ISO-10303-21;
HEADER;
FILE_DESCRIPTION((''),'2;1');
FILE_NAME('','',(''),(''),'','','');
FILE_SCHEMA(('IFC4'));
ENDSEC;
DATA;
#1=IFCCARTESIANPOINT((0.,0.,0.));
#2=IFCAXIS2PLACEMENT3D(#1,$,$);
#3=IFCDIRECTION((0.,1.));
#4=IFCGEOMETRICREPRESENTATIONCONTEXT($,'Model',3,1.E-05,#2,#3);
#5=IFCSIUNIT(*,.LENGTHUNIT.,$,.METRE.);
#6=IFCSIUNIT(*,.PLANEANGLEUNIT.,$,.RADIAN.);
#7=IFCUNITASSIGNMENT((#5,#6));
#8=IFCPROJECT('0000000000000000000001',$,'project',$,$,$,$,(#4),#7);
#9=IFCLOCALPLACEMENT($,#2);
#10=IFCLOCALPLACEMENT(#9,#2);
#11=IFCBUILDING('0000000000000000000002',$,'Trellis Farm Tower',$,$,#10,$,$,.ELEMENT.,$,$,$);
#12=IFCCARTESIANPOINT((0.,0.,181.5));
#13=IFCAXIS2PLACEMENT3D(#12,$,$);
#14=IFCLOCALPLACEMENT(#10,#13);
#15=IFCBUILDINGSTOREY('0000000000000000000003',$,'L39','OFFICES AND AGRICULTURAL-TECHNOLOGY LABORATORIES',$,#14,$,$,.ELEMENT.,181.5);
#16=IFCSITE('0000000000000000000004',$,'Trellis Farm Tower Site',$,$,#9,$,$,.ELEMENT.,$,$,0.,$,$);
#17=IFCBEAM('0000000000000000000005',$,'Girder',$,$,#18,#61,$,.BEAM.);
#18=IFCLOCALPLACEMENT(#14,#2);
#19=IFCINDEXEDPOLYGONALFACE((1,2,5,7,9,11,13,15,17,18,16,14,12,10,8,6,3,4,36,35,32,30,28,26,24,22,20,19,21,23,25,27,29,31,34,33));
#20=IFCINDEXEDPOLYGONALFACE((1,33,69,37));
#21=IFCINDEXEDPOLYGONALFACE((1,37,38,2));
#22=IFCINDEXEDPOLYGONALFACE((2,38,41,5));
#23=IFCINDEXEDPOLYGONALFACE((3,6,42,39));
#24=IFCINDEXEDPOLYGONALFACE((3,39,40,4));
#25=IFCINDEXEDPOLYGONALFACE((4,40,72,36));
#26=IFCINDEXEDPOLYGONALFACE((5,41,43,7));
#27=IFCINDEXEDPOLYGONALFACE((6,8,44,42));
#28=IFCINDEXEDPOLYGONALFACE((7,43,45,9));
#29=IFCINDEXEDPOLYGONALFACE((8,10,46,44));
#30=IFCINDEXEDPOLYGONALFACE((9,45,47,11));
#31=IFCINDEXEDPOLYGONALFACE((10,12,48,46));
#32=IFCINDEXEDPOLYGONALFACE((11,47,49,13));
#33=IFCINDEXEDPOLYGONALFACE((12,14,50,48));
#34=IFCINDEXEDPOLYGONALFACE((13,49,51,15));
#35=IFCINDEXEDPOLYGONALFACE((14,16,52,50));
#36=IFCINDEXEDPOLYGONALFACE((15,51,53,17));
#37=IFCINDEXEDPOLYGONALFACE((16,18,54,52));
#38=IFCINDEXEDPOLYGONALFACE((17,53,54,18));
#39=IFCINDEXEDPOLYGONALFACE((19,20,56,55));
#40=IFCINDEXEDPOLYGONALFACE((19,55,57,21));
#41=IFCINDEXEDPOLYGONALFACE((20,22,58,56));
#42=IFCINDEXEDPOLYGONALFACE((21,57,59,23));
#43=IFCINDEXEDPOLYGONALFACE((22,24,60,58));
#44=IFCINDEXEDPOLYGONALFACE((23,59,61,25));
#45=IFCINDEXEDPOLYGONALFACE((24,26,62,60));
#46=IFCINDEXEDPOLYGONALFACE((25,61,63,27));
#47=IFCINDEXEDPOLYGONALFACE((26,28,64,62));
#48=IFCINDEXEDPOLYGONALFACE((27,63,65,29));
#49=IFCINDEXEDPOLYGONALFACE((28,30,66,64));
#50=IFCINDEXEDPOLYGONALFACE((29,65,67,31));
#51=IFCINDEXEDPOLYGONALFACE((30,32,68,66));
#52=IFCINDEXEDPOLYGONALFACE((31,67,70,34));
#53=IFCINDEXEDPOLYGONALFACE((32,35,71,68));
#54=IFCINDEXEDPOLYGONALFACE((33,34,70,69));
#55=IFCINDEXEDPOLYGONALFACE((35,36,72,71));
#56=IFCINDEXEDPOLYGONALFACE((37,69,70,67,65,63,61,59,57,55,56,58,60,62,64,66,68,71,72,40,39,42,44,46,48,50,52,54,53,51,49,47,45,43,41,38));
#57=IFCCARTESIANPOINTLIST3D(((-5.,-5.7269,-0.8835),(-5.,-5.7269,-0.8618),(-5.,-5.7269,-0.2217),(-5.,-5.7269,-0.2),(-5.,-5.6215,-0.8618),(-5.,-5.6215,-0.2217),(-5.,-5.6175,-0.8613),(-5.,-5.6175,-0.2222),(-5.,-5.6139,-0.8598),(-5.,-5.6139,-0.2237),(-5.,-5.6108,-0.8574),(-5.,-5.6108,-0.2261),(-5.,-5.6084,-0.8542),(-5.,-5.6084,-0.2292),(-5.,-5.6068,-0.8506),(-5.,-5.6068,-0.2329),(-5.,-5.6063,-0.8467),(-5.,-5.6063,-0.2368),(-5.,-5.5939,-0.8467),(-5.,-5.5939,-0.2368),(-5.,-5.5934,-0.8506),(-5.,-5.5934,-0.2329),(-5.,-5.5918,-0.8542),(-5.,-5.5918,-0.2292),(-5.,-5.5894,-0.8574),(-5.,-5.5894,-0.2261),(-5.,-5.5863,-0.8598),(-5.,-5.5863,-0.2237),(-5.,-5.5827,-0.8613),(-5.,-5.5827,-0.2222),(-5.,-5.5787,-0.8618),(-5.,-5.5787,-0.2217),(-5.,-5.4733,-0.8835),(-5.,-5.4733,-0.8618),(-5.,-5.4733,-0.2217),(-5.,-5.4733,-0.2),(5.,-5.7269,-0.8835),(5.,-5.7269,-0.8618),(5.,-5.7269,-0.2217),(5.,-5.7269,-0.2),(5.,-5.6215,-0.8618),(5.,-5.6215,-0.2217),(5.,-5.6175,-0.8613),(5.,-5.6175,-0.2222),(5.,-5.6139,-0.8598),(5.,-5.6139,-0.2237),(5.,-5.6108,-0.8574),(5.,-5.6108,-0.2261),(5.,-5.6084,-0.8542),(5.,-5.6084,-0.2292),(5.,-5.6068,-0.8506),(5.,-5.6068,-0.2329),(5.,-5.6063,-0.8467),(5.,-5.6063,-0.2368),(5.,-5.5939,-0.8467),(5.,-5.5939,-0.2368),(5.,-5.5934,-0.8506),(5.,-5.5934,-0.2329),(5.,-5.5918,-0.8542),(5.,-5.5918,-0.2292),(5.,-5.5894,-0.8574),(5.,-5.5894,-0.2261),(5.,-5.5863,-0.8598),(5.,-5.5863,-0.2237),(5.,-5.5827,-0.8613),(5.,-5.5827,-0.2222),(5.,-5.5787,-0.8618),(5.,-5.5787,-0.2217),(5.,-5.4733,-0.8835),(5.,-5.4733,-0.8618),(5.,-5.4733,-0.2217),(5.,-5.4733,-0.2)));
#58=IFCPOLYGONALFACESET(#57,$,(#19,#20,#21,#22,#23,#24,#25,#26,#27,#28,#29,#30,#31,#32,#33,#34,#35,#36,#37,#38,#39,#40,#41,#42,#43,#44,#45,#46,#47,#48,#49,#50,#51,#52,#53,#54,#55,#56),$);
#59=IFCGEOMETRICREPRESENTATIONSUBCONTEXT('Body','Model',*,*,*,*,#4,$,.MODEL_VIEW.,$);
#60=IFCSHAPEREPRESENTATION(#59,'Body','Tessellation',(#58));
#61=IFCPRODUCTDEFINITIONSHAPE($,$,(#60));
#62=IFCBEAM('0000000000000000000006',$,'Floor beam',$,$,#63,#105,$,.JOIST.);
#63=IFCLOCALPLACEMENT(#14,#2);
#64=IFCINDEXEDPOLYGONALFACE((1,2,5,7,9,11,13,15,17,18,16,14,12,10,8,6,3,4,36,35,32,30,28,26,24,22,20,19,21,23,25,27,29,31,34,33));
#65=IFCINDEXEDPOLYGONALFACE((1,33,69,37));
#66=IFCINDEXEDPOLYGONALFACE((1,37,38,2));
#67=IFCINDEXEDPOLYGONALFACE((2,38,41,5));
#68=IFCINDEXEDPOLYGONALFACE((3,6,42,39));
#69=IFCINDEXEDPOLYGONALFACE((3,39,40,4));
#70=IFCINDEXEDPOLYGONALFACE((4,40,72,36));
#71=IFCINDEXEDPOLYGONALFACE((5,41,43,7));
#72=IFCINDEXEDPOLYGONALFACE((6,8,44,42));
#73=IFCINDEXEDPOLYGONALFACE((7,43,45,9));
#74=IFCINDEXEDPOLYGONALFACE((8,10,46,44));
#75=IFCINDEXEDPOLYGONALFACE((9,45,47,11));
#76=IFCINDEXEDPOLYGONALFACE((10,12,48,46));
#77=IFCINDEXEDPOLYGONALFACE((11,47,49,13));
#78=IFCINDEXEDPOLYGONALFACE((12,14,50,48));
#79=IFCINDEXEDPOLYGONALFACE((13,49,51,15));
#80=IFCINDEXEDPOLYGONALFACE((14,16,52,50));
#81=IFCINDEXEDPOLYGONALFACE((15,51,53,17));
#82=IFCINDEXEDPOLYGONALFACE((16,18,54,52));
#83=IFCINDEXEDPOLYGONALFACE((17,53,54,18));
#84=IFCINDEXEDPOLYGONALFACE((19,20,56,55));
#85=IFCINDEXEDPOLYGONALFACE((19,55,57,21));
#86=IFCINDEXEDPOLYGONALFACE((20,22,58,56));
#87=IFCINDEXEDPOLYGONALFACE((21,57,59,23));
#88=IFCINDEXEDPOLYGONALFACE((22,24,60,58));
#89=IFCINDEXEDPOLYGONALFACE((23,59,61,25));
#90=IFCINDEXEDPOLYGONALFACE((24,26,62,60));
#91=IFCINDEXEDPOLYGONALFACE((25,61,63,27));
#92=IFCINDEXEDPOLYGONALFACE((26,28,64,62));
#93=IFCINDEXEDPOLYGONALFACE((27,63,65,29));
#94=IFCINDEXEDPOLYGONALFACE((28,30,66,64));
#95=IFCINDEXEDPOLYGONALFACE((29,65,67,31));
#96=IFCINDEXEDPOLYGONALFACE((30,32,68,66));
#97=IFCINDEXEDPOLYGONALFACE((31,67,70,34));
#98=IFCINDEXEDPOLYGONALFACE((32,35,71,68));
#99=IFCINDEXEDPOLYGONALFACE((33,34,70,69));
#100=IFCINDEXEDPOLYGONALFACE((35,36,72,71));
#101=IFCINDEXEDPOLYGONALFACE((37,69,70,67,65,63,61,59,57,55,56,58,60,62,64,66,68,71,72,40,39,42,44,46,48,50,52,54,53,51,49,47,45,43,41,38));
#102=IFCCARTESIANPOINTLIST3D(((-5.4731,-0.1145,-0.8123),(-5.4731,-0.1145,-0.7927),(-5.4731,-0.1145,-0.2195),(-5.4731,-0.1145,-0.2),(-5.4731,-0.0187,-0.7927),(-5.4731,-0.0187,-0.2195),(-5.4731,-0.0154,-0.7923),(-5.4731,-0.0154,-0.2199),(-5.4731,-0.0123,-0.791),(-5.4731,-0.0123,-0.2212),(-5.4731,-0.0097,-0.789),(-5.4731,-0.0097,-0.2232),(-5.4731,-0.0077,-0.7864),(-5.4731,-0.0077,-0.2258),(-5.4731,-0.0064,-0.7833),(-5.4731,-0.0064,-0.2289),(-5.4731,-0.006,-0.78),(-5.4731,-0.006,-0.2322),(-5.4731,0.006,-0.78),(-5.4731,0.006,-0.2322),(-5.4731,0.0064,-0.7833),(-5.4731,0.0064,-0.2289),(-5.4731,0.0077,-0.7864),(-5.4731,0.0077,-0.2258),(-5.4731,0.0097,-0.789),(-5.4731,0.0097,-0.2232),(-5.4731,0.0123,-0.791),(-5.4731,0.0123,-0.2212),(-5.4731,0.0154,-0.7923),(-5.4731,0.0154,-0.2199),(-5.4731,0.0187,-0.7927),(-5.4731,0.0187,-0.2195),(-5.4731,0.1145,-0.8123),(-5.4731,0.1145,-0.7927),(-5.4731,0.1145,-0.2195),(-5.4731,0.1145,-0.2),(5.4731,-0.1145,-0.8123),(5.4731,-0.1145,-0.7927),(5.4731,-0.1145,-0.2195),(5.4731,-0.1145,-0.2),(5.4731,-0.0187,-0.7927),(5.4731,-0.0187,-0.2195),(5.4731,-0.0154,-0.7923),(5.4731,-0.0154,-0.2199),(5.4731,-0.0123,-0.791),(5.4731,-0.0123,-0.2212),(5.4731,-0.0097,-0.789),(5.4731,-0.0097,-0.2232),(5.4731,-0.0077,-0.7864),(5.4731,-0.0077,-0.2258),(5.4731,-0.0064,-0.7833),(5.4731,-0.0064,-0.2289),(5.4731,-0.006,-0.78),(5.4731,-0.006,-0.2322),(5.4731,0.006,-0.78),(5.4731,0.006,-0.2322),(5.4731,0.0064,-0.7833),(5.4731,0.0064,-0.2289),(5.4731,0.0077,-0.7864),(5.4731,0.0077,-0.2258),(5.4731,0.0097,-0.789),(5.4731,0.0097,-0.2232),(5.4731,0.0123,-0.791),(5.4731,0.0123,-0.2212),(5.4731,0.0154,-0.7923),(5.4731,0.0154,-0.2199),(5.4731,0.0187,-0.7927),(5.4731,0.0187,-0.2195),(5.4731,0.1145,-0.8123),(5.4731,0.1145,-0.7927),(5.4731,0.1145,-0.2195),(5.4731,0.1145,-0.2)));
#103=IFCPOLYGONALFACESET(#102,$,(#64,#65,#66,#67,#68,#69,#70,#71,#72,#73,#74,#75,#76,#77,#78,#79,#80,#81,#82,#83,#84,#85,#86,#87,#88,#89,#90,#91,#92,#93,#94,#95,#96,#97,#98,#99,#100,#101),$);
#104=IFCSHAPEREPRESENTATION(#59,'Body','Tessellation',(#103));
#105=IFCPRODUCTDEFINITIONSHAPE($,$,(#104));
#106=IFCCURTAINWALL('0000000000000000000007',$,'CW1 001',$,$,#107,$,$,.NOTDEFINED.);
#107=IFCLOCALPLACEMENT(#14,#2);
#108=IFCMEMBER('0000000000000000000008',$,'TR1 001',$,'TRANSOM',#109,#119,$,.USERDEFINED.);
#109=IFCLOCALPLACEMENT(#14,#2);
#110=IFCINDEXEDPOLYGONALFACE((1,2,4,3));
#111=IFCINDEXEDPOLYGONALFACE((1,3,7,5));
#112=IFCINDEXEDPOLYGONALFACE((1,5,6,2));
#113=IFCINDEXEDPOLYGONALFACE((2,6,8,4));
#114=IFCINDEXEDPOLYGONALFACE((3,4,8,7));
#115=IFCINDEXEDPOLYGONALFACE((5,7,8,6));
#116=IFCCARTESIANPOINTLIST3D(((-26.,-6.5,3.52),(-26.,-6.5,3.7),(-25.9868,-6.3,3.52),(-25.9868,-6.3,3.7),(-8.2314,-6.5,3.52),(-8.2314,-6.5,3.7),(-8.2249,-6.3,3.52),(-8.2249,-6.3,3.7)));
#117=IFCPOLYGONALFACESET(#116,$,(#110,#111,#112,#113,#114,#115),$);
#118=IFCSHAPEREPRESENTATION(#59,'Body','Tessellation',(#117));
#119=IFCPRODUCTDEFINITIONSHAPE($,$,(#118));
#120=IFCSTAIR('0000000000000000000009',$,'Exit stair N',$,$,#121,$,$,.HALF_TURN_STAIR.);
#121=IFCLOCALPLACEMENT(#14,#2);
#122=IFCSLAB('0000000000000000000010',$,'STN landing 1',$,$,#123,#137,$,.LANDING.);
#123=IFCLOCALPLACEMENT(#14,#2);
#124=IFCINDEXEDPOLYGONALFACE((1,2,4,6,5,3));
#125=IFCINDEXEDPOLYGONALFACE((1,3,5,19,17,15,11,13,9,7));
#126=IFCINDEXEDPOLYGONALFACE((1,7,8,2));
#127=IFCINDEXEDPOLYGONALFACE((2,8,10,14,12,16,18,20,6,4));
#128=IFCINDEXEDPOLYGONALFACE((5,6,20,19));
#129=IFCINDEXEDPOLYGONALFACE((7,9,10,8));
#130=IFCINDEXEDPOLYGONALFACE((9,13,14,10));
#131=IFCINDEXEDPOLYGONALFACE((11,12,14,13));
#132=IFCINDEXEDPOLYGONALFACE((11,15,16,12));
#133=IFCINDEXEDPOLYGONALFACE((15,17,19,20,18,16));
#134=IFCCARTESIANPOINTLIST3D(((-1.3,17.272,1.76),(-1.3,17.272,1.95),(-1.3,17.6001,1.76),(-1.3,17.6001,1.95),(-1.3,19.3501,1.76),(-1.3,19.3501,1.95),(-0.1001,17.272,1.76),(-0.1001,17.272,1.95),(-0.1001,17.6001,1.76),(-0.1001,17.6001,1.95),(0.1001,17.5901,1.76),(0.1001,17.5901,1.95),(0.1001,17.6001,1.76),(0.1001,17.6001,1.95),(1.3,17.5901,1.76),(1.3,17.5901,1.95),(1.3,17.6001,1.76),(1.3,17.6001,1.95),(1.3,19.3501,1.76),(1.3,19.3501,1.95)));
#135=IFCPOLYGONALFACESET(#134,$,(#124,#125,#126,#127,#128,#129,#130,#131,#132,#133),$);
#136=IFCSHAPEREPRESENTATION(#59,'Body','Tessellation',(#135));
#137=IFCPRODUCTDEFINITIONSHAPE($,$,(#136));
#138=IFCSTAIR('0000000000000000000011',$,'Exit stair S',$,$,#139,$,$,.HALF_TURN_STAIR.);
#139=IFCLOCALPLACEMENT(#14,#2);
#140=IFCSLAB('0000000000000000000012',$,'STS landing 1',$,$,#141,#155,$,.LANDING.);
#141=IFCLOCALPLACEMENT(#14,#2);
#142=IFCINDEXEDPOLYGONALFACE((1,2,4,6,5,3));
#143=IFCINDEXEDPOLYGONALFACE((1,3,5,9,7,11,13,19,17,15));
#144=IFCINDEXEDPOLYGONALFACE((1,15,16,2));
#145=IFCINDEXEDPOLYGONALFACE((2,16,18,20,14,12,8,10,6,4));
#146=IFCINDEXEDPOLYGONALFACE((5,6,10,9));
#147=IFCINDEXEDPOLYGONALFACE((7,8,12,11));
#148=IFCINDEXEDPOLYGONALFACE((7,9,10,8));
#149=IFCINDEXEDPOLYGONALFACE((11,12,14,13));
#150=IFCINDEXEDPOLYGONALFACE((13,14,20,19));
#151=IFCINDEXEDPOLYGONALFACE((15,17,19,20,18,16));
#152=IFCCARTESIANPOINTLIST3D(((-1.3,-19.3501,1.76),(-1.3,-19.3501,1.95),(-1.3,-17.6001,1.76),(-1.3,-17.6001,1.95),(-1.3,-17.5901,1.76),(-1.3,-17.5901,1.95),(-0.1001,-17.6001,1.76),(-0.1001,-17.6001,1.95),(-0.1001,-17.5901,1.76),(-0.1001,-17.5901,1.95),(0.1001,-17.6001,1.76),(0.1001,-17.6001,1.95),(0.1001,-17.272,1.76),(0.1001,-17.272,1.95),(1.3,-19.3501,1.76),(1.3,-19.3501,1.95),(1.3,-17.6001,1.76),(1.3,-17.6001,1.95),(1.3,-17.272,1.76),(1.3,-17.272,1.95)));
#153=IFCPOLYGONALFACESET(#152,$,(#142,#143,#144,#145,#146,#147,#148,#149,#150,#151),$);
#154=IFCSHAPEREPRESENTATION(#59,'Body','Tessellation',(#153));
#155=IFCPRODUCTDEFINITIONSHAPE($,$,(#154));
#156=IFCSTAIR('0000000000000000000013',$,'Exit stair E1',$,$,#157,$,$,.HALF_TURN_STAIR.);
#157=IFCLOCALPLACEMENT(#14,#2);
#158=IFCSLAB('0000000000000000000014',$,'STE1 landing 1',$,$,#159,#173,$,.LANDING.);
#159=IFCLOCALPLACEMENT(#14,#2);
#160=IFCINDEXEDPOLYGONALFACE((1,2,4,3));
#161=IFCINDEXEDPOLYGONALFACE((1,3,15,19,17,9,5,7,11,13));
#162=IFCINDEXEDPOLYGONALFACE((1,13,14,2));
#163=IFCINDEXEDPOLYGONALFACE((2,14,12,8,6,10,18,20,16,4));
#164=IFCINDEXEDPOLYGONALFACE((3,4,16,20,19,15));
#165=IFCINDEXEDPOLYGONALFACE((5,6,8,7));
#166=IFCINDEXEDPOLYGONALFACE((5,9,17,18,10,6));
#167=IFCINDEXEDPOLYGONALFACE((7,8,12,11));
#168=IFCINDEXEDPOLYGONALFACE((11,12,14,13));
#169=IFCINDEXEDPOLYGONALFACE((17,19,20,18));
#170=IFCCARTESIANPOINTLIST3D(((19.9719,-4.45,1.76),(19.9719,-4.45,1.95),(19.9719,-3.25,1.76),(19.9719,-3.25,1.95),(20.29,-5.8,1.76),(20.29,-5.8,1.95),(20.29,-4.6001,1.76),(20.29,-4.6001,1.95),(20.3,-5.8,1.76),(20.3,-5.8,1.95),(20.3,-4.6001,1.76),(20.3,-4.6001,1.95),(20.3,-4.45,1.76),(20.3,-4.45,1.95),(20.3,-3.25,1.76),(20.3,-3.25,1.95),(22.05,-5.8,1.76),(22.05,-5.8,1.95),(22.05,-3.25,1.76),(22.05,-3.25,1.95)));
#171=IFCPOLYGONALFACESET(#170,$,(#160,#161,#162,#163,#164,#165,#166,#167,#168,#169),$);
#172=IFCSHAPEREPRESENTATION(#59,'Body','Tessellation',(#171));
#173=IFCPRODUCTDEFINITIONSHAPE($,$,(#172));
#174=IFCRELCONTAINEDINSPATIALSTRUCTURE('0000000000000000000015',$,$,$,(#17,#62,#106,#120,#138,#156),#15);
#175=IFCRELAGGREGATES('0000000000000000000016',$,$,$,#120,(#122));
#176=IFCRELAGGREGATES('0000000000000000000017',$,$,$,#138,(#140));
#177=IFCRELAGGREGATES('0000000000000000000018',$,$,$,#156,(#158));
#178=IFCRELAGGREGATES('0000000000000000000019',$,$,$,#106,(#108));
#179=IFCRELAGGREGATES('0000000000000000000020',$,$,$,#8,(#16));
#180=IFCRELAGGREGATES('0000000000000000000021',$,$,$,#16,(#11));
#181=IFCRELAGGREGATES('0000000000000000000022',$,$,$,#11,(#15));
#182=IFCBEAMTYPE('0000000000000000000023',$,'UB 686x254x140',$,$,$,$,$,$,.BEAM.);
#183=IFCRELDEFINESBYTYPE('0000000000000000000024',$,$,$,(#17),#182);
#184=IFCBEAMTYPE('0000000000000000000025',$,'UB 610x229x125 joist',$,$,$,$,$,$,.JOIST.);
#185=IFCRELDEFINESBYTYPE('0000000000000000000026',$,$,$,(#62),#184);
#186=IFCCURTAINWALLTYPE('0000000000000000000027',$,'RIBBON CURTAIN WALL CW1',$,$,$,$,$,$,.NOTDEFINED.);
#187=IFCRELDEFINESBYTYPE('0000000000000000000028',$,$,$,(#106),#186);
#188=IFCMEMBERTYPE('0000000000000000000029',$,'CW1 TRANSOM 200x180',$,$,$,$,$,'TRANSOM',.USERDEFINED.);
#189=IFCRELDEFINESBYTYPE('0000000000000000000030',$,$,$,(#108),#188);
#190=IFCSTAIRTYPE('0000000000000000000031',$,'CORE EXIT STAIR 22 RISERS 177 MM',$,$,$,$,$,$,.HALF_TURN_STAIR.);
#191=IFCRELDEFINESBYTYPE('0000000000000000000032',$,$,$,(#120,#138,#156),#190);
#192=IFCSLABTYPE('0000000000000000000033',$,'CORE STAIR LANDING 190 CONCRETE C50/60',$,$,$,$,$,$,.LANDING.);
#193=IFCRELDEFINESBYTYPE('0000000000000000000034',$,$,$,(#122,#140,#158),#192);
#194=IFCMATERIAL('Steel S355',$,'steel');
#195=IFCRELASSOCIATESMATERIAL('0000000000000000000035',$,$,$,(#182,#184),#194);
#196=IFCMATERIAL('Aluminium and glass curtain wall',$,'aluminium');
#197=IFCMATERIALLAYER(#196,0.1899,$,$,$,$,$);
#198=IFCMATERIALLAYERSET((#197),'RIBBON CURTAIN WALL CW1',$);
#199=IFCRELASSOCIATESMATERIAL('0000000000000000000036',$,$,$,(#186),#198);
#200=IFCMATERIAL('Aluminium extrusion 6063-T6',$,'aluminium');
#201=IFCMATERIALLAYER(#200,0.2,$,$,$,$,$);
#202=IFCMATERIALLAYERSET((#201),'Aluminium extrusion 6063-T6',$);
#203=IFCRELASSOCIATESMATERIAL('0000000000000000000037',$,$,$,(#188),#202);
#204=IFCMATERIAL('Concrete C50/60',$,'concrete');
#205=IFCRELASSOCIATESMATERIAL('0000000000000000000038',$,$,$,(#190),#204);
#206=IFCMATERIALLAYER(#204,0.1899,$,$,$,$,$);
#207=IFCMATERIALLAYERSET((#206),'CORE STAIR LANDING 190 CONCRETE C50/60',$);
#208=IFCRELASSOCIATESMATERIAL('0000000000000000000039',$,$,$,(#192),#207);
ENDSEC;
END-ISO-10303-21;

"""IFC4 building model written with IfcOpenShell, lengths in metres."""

from ifc_helpers import new_model, si_unit, direction, frame, origin, origin_2d, place, context, subcontext, project, spatial, polyline, i_section, outline, extrude, source, transform, mapped, material, layer, layer_set, material_profile, profile_set, type_object, element, aggregate, save


model = new_model("IFC4")

# Units and contexts
model_context = context("Model", 3, precision=1e-05, world=origin(), true_north=direction((0.0, 1.0)))
body_context = subcontext(model_context, "Body", "Model", "MODEL_VIEW")
ifc_project = project(units=[si_unit("LENGTHUNIT", "METRE"), si_unit("PLANEANGLEUNIT", "RADIAN")], contexts=[model_context])

# Site, building, storey
site_placement = place(None, origin())
site = spatial("IfcSite", under=ifc_project, at=site_placement, Name="Trellis Farm Tower Site", CompositionType="ELEMENT", RefElevation=0.0)
building_placement = place(site_placement, origin())
building = spatial("IfcBuilding", under=site, at=building_placement, Name="Trellis Farm Tower", CompositionType="ELEMENT")
storey_placement = place(building_placement, frame((0.0, 0.0, 181.5)))
storey = spatial("IfcBuildingStorey", under=building, at=storey_placement, Name="L39", Description="OFFICES AND AGRICULTURAL-TECHNOLOGY LABORATORIES", CompositionType="ELEMENT", Elevation=181.5)

# Beams
ifc_material_1 = material(Name="Steel S355", Category="steel")
ifc_material_profile_1 = material_profile(ifc_material_1, i_section(OverallWidth=0.2537, OverallDepth=0.6836, WebThickness=0.0125, FlangeThickness=0.0217, FilletRadius=0.0151, at=origin_2d()), Name="UB 686x254x140")
ifc_profile_set_1 = profile_set([ifc_material_profile_1], Name="Steel S355")
beam_type_1 = type_object("IfcBeamType", Name="UB 686x254x140", PredefinedType="BEAM", material=ifc_profile_set_1)
shared_shape_1 = source(origin(), body_context, "Body", "SweptSolid", [
    extrude(i_section(OverallWidth=0.2537, OverallDepth=0.6836, WebThickness=0.0125, FlangeThickness=0.0217, FilletRadius=0.0151, at=origin_2d()), origin(), (0.0, 0.0, 1.0), 10.0),
])
beam_1_placement = place(storey_placement, frame((-5.0, -5.6001, -0.5417), z_axis=(1.0, 0.0, 0.0), x_axis=(0.0, 1.0, 0.0)))
element("IfcBeam", 1, at=beam_1_placement, inside=storey, type_object=beam_type_1, Name="Girder", PredefinedType="BEAM", context=body_context, shape_type="MappedRepresentation", body=[
    mapped(shared_shape_1, transform((0.0, 0.0, 0.0))),
])
ifc_material_profile_2 = material_profile(ifc_material_1, i_section(OverallWidth=0.229, OverallDepth=0.6123, WebThickness=0.012, FlangeThickness=0.0195, FilletRadius=0.0127, at=origin_2d()), Name="UB 610x229x125")
ifc_profile_set_2 = profile_set([ifc_material_profile_2], Name="Steel S355")
beam_type_2 = type_object("IfcBeamType", Name="UB 610x229x125 joist", PredefinedType="JOIST", material=ifc_profile_set_2)
shared_shape_2 = source(origin(), body_context, "Body", "SweptSolid", [
    extrude(i_section(OverallWidth=0.229, OverallDepth=0.6123, WebThickness=0.012, FlangeThickness=0.0195, FilletRadius=0.0127, at=origin_2d()), origin(), (0.0, 0.0, 1.0), 10.9463),
])
beam_2_placement = place(storey_placement, frame((-5.4731, 0.0, -0.5061), z_axis=(1.0, 0.0, 0.0), x_axis=(0.0, 1.0, 0.0)))
element("IfcBeam", 2, at=beam_2_placement, inside=storey, type_object=beam_type_2, Name="Floor beam", PredefinedType="JOIST", context=body_context, shape_type="MappedRepresentation", body=[
    mapped(shared_shape_2, transform((0.0, 0.0, 0.0))),
])

# Curtain wall, member
ifc_material_2 = material(Name="Aluminium and glass curtain wall", Category="aluminium")
ifc_layer_1 = layer(ifc_material_2, 0.1899)
ifc_layer_set_1 = layer_set([ifc_layer_1], Name="RIBBON CURTAIN WALL CW1")
curtain_wall_type_1 = type_object("IfcCurtainWallType", Name="RIBBON CURTAIN WALL CW1", PredefinedType="NOTDEFINED", material=ifc_layer_set_1)
placement_1 = place(storey_placement, origin())
curtain_wall_1 = element("IfcCurtainWall", 3, at=placement_1, inside=storey, type_object=curtain_wall_type_1, Name="CW1 001", PredefinedType="NOTDEFINED")
ifc_material_3 = material(Name="Aluminium extrusion 6063-T6", Category="aluminium")
ifc_layer_2 = layer(ifc_material_3, 0.2)
ifc_layer_set_2 = layer_set([ifc_layer_2], Name="Aluminium extrusion 6063-T6")
member_type = type_object("IfcMemberType", Name="CW1 TRANSOM 200x180", ElementType="TRANSOM", PredefinedType="USERDEFINED", material=ifc_layer_set_2)
shared_shape_3 = source(origin(), body_context, "Body", "SweptSolid", [
    extrude(outline(polyline([(-26.0, -6.5), (-8.2314, -6.5), (-8.2249, -6.3), (-25.9868, -6.3), (-26.0, -6.5)])), origin(), (0.0, 0.0, 1.0), 0.1799),
])
member_placement = place(storey_placement, frame((0.0, 0.0, 3.52)))
member = element("IfcMember", 4, at=member_placement, type_object=member_type, Name="TR1 001", ObjectType="TRANSOM", PredefinedType="USERDEFINED", context=body_context, shape_type="MappedRepresentation", body=[
    mapped(shared_shape_3, transform((0.0, 0.0, 0.0))),
])

# Stairs, slabs
ifc_material_4 = material(Name="Concrete C50/60", Category="concrete")
stair_type = type_object("IfcStairType", Name="CORE EXIT STAIR 22 RISERS 177 MM", PredefinedType="HALF_TURN_STAIR", material=ifc_material_4)
stair_1 = element("IfcStair", 5, at=placement_1, inside=storey, type_object=stair_type, Name="Exit stair N", PredefinedType="HALF_TURN_STAIR")
ifc_layer_3 = layer(ifc_material_4, 0.1899)
ifc_layer_set_3 = layer_set([ifc_layer_3], Name="CORE STAIR LANDING 190 CONCRETE C50/60")
slab_type_1 = type_object("IfcSlabType", Name="CORE STAIR LANDING 190 CONCRETE C50/60", PredefinedType="LANDING", material=ifc_layer_set_3)
shared_shape_4 = source(origin(), body_context, "Body", "SweptSolid", [
    extrude(outline(polyline([(-0.1001, 17.272), (-1.3, 17.272), (-1.3, 17.6001), (-1.3, 19.3501), (1.3, 19.3501), (1.3, 17.6001), (1.3, 17.5901), (0.1001, 17.5901), (0.1001, 17.6001), (-0.1001, 17.6001), (-0.1001, 17.272)])), origin(), (0.0, 0.0, 1.0), 0.1899),
])
placement_2 = place(storey_placement, frame((0.0, 0.0, 1.76)))
slab_1 = element("IfcSlab", 6, at=placement_2, type_object=slab_type_1, Name="STN landing 1", PredefinedType="LANDING", context=body_context, shape_type="MappedRepresentation", body=[
    mapped(shared_shape_4, transform((0.0, 0.0, 0.0))),
])
aggregate(stair_1, [slab_1])
stair_2 = element("IfcStair", 7, at=placement_1, inside=storey, type_object=stair_type, Name="Exit stair S", PredefinedType="HALF_TURN_STAIR")
shared_shape_5 = source(origin(), body_context, "Body", "SweptSolid", [
    extrude(outline(polyline([(1.3, -19.3501), (-1.3, -19.3501), (-1.3, -17.6001), (-1.3, -17.5901), (-0.1001, -17.5901), (-0.1001, -17.6001), (0.1001, -17.6001), (0.1001, -17.272), (1.3, -17.272), (1.3, -17.6001), (1.3, -19.3501)])), origin(), (0.0, 0.0, 1.0), 0.1899),
])
slab_2 = element("IfcSlab", 8, at=placement_2, type_object=slab_type_1, Name="STS landing 1", PredefinedType="LANDING", context=body_context, shape_type="MappedRepresentation", body=[
    mapped(shared_shape_5, transform((0.0, 0.0, 0.0))),
])
aggregate(stair_2, [slab_2])
stair_3 = element("IfcStair", 9, at=placement_1, inside=storey, type_object=stair_type, Name="Exit stair E1", PredefinedType="HALF_TURN_STAIR")
shared_shape_6 = source(origin(), body_context, "Body", "SweptSolid", [
    extrude(outline(polyline([(20.29, -5.8), (20.29, -4.6001), (20.3, -4.6001), (20.3, -4.45), (19.9719, -4.45), (19.9719, -3.25), (20.3, -3.25), (22.05, -3.25), (22.05, -5.8), (20.3, -5.8), (20.29, -5.8)])), origin(), (0.0, 0.0, 1.0), 0.1899),
])
slab_3 = element("IfcSlab", 10, at=placement_2, type_object=slab_type_1, Name="STE1 landing 1", PredefinedType="LANDING", context=body_context, shape_type="MappedRepresentation", body=[
    mapped(shared_shape_6, transform((0.0, 0.0, 0.0))),
])
aggregate(stair_3, [slab_3])

aggregate(curtain_wall_1, [member])

save(model, "model.ifc")
